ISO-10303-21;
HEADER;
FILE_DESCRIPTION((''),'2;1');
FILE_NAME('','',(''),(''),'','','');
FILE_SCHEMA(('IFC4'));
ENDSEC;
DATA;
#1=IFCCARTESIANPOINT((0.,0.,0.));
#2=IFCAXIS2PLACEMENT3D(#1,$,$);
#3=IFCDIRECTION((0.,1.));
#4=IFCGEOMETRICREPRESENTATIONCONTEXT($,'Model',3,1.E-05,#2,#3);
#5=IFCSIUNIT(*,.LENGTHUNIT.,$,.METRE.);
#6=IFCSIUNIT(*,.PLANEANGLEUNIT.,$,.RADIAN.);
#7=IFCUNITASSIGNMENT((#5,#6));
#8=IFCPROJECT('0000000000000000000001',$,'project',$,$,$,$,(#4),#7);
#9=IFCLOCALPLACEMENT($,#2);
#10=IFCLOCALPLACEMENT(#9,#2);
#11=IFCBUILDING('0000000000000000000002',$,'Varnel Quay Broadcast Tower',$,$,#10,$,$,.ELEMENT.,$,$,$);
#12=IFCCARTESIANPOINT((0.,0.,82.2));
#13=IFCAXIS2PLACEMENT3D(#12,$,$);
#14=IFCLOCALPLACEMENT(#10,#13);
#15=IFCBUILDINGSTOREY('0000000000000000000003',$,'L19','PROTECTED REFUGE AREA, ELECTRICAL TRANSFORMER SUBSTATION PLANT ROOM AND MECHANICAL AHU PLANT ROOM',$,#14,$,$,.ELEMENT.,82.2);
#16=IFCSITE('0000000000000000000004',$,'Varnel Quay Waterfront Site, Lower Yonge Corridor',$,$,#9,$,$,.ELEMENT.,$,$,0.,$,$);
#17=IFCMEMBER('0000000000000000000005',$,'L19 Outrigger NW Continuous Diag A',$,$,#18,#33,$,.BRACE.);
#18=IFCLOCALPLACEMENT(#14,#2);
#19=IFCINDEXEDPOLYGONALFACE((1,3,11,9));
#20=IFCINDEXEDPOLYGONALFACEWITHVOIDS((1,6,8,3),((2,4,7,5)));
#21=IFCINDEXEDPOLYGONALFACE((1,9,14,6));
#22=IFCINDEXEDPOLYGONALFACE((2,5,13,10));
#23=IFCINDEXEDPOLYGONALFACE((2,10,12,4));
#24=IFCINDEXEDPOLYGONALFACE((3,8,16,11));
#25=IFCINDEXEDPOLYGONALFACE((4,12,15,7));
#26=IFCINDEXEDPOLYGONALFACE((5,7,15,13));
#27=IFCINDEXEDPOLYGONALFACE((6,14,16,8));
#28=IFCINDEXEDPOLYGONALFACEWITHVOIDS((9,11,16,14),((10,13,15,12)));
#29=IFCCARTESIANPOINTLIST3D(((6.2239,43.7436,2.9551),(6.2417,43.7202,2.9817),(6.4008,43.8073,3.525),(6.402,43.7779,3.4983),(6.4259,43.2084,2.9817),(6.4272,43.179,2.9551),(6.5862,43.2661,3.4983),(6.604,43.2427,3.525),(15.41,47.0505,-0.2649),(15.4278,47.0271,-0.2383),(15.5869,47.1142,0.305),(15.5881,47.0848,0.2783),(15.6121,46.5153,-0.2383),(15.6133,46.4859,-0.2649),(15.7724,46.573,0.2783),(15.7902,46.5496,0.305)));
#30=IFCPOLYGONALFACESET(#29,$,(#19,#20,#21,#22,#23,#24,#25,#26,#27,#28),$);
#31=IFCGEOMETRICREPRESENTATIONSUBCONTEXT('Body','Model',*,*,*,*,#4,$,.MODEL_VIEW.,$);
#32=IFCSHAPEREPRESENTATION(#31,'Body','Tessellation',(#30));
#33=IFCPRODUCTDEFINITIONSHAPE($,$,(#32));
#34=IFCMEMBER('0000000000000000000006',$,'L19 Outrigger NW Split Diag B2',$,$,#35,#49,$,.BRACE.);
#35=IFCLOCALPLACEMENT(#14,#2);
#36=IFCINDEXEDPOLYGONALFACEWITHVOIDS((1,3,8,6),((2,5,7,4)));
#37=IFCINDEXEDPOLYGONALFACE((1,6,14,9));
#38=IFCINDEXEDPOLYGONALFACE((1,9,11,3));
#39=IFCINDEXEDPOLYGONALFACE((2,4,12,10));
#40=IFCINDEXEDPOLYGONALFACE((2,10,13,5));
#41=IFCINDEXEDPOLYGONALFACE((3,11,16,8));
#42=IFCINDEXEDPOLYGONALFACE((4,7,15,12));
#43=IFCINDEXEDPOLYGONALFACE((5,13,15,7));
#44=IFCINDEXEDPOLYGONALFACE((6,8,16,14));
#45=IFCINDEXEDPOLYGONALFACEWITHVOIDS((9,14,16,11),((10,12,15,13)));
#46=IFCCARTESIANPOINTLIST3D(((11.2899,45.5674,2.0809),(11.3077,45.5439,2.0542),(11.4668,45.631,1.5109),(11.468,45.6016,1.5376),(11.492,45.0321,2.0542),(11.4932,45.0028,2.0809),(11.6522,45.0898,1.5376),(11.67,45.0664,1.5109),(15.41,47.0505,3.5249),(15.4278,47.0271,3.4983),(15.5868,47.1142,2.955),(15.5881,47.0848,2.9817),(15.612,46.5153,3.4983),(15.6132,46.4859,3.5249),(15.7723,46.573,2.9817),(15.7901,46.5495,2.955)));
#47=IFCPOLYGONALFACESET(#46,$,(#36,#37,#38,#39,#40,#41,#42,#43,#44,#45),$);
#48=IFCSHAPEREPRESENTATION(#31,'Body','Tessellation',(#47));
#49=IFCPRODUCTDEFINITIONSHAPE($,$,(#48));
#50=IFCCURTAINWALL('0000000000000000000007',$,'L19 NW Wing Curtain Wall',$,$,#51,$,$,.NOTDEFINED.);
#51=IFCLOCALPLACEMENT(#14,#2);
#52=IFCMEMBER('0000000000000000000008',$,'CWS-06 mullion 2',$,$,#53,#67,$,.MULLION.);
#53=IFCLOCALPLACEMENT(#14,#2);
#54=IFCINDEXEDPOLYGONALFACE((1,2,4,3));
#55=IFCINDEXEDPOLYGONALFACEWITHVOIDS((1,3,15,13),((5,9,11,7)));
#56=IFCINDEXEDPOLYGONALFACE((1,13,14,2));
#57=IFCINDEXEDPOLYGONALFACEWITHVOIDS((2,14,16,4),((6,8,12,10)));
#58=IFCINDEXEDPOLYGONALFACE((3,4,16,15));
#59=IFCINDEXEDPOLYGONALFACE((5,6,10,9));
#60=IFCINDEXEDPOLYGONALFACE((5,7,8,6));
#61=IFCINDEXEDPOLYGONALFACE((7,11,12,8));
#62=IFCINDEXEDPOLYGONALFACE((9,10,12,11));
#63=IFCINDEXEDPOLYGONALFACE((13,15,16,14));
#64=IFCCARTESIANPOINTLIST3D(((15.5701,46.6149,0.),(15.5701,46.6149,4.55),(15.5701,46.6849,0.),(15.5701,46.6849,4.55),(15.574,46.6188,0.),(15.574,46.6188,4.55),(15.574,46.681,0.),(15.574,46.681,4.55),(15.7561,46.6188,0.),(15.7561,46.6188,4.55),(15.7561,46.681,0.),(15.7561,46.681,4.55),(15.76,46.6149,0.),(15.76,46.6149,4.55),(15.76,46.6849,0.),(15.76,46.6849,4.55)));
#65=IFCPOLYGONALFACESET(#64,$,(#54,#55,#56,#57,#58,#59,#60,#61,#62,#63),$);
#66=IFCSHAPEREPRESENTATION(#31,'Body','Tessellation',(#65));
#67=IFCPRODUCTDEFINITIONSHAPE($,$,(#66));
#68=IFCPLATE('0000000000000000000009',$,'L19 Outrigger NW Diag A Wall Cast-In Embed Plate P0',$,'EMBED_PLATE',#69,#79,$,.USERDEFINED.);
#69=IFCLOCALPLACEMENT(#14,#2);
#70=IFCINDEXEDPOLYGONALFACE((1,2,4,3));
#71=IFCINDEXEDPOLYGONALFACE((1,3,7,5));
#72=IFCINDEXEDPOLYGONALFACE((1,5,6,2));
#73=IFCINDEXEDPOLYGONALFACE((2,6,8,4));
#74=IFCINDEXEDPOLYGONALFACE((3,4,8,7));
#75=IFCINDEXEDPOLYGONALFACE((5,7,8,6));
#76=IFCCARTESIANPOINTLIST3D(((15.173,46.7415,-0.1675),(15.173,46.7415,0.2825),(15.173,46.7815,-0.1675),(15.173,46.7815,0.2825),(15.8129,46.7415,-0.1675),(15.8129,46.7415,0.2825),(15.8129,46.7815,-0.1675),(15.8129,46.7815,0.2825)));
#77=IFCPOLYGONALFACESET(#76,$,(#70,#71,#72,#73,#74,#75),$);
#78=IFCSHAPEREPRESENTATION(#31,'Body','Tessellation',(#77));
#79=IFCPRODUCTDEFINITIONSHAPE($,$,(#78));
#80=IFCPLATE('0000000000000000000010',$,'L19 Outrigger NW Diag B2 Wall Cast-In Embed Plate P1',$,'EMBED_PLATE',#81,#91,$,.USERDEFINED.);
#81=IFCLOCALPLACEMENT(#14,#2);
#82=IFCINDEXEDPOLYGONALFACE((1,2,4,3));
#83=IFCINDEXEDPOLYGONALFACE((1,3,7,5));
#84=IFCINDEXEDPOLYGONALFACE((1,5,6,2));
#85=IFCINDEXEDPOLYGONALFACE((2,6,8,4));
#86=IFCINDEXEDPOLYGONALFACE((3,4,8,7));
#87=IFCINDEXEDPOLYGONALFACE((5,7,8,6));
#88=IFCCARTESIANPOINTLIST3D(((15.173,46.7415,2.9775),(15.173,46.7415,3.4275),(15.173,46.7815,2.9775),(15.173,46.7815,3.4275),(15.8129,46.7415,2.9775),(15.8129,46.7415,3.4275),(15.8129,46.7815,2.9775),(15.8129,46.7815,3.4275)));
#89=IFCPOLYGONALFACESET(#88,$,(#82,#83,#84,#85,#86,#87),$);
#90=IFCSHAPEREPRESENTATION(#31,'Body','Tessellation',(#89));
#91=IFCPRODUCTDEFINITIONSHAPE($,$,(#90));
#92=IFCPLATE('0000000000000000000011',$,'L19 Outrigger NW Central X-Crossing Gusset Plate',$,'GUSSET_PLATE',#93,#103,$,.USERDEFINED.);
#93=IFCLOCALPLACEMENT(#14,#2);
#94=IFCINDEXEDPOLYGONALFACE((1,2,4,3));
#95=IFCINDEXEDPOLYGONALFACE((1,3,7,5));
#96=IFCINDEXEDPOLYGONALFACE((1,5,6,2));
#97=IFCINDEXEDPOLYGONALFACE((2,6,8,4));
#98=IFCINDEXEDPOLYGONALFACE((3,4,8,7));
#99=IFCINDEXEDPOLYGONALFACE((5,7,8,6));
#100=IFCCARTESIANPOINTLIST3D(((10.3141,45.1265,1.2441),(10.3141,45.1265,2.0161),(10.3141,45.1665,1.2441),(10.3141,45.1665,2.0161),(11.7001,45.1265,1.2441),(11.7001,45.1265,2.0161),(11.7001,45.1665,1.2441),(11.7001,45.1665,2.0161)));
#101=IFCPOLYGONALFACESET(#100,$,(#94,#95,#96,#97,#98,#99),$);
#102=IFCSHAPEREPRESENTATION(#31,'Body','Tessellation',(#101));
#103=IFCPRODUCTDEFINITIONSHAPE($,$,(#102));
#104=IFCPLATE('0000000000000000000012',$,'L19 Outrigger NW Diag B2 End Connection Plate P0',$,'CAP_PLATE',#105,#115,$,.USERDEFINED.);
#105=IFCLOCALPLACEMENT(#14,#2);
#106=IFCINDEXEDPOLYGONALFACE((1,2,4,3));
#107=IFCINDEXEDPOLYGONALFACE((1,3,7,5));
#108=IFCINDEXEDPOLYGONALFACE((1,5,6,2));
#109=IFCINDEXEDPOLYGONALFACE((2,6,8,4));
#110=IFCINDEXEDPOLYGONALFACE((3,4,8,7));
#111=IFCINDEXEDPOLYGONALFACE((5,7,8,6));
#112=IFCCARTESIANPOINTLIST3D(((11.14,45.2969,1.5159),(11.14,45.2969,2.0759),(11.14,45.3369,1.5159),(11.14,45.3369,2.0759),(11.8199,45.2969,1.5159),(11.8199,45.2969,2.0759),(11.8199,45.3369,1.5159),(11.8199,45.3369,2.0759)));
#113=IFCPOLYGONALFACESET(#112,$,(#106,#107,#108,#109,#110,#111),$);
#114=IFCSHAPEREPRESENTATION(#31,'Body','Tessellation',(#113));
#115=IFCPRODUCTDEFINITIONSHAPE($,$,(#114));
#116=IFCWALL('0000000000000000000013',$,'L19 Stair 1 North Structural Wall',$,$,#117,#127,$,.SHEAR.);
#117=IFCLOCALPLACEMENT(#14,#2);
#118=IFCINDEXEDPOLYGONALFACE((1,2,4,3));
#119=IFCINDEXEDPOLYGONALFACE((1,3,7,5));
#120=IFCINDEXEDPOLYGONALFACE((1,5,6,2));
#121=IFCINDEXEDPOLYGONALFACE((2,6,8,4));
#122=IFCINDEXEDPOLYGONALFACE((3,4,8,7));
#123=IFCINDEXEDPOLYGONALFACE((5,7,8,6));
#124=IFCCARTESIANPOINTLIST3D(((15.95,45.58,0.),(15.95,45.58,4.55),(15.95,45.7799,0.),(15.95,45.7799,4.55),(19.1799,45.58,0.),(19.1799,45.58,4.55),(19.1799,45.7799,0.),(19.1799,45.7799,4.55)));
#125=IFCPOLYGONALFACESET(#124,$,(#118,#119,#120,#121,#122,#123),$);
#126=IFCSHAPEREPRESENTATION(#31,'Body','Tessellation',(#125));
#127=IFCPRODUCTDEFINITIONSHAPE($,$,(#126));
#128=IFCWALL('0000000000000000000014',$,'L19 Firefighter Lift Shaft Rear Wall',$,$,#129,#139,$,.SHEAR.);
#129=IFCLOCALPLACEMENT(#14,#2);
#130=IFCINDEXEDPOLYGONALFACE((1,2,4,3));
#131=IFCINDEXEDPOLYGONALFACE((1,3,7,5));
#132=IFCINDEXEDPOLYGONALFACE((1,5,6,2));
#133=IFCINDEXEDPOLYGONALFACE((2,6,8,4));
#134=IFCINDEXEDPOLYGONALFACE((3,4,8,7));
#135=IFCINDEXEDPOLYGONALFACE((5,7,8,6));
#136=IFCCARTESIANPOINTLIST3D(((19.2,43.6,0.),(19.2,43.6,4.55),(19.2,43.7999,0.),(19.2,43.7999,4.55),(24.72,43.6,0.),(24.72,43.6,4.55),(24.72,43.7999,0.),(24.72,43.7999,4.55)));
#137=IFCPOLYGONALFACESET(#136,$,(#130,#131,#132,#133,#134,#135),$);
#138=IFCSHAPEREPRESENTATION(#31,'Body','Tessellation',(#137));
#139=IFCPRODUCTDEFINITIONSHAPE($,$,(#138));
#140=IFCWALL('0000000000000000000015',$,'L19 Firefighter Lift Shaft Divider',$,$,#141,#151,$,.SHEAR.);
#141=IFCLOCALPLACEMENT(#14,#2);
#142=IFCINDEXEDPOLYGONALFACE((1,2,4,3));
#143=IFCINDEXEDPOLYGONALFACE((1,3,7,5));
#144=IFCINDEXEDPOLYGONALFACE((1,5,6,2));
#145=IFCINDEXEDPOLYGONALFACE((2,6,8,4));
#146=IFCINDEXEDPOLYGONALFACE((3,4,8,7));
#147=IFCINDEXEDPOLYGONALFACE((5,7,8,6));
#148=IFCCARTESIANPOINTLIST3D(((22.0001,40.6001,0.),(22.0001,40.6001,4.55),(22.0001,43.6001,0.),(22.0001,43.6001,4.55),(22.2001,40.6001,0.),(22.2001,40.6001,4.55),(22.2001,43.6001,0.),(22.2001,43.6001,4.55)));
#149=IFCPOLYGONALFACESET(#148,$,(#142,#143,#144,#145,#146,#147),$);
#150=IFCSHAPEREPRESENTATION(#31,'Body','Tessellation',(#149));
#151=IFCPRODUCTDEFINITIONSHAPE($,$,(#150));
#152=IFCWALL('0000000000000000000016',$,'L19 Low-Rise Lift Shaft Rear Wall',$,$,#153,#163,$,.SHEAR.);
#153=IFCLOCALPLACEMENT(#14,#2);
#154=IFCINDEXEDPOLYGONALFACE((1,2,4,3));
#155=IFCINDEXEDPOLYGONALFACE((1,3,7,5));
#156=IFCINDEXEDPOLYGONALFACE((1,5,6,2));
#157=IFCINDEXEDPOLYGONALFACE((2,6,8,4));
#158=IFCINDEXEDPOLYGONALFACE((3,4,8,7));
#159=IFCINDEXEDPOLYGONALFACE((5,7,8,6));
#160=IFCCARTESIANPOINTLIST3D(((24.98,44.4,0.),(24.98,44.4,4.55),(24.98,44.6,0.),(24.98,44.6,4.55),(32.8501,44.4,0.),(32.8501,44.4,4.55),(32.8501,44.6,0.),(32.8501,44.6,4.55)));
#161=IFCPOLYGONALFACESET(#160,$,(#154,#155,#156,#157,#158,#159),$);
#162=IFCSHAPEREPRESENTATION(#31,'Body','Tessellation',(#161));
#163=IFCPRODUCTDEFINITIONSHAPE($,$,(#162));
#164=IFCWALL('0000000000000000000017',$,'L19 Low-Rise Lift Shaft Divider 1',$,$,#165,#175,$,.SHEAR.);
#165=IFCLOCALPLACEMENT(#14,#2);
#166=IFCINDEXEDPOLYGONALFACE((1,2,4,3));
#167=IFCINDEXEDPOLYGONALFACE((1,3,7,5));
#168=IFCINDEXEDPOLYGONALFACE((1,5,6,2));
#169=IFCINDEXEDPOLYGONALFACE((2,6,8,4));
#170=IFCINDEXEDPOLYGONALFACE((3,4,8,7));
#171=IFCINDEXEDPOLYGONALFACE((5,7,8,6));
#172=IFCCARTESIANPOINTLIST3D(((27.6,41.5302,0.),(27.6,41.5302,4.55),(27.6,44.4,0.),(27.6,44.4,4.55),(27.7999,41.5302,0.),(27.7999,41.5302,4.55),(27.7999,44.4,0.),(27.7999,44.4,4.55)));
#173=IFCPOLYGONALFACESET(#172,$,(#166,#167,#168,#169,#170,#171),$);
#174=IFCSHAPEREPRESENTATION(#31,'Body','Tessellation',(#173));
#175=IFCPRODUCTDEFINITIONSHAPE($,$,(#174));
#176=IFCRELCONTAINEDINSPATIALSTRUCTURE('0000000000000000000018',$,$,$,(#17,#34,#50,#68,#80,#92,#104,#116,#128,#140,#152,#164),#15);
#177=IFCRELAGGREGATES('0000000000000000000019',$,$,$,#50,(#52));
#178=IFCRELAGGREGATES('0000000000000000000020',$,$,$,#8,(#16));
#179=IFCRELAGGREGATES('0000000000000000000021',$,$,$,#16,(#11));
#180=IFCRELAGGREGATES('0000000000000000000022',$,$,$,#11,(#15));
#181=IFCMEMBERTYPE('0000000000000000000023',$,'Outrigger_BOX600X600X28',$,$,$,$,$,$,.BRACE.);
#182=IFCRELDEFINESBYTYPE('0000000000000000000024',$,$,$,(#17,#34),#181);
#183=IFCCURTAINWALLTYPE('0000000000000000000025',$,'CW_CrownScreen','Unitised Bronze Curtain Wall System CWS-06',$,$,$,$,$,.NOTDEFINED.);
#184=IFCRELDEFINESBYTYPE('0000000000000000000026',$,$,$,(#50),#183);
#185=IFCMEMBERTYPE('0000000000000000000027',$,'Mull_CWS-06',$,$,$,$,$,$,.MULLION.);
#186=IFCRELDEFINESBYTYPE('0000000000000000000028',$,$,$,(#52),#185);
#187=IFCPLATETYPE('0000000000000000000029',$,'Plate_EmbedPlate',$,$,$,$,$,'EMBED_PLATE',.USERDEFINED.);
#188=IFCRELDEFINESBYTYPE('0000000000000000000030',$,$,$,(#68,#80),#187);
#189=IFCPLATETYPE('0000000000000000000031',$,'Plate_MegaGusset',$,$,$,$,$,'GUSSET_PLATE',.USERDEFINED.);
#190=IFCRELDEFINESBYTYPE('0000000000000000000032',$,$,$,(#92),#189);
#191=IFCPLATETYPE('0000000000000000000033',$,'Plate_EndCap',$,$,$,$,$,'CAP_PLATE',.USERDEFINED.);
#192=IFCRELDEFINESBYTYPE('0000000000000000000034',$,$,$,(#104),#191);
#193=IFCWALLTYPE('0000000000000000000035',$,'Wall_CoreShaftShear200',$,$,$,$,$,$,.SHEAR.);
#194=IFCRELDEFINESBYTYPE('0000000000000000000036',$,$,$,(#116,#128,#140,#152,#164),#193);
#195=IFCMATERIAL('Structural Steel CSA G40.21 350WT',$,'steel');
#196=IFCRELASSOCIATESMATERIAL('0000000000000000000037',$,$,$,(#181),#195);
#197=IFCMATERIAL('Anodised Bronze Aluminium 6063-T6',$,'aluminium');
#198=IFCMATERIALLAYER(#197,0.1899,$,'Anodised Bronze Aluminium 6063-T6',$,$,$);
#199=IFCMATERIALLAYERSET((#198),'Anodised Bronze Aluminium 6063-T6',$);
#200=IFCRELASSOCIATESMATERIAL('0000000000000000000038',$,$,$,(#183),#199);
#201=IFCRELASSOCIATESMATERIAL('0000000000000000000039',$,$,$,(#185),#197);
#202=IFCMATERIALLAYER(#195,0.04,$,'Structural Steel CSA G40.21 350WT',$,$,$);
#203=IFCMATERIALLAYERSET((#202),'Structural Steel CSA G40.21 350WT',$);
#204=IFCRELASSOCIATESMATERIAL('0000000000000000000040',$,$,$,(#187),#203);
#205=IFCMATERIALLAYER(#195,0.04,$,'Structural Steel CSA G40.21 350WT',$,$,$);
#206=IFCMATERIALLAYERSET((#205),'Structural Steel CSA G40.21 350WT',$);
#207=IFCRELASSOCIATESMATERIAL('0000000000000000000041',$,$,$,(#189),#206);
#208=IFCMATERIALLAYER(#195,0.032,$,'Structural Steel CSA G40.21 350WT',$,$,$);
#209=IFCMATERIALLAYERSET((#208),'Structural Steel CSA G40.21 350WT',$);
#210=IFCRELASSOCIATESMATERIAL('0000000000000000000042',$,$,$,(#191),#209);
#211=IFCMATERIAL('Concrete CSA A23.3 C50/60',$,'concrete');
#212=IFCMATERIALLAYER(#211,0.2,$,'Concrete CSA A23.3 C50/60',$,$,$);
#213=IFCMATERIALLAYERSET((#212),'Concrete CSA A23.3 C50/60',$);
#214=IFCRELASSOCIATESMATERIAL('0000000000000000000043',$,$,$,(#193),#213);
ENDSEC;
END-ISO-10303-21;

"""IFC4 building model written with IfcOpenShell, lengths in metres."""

from ifc_helpers import new_model, si_unit, direction, frame, frame_2d, origin, origin_2d, place, context, subcontext, project, spatial, rectangle, hollow_rectangle, extrude, source, transform, mapped, material, layer, layer_set, material_profile, profile_set, type_object, type_shapes, element, aggregate, save


model = new_model("IFC4")

# Units and contexts
model_context = context("Model", 3, precision=1e-05, world=origin(), true_north=direction((0.0, 1.0)))
body_context = subcontext(model_context, "Body", "Model", "MODEL_VIEW")
ifc_project = project(units=[si_unit("LENGTHUNIT", "METRE"), si_unit("PLANEANGLEUNIT", "RADIAN")], contexts=[model_context])

# Site, building, storey
site_placement = place(None, origin())
site = spatial("IfcSite", under=ifc_project, at=site_placement, Name="Varnel Quay Waterfront Site, Lower Yonge Corridor", CompositionType="ELEMENT", RefElevation=0.0)
building_placement = place(site_placement, origin())
building = spatial("IfcBuilding", under=site, at=building_placement, Name="Varnel Quay Broadcast Tower", CompositionType="ELEMENT")
storey_placement = place(building_placement, frame((0.0, 0.0, 82.2)))
storey = spatial("IfcBuildingStorey", under=building, at=storey_placement, Name="L19", Description="PROTECTED REFUGE AREA, ELECTRICAL TRANSFORMER SUBSTATION PLANT ROOM AND MECHANICAL AHU PLANT ROOM", CompositionType="ELEMENT", Elevation=82.2)

# Shared definitions
ifc_material_1 = material(Name="Structural Steel CSA G40.21 350WT", Category="steel")

# Members
ifc_material_profile_1 = material_profile(ifc_material_1, hollow_rectangle(XDim=0.6001, YDim=0.6001, WallThickness=0.0281, at=origin_2d()), Name="BOX600X600X28")
ifc_profile_set_1 = profile_set([ifc_material_profile_1], Name="Structural Steel CSA G40.21 350WT")
member_type_1 = type_object("IfcMemberType", Name="Outrigger_BOX600X600X28", PredefinedType="BRACE", material=ifc_profile_set_1)
shared_shape_1 = source(origin(), body_context, "Body", "SweptSolid", [
    extrude(hollow_rectangle(XDim=0.6001, YDim=0.6001, WallThickness=0.0281, at=origin_2d()), origin(), (0.0, 0.0, 1.0), 10.2805),
])
member_1_placement = place(storey_placement, frame((15.6001, 46.8, 0.02), z_axis=(-0.893547, -0.321668, 0.313214), x_axis=(0.338711, -0.94089, 0.0)))
element("IfcMember", 1, at=member_1_placement, inside=storey, type_object=member_type_1, Name="L19 Outrigger NW Continuous Diag A", PredefinedType="BRACE", context=body_context, shape_type="MappedRepresentation", body=[
    mapped(shared_shape_1, transform((0.0, 0.0, 0.0), x_axis=(1.0, 0.0, 0.0), y_axis=(0.0, 1.0, 0.0), z_axis=(0.0, 0.0, 1.0), scale=1.0)),
])
shared_shape_2 = source(origin(), body_context, "Body", "SweptSolid", [
    extrude(hollow_rectangle(XDim=0.6001, YDim=0.6001, WallThickness=0.0281, at=origin_2d()), origin(), (0.0, 0.0, 1.0), 4.6108),
])
type_shapes(member_type_1, [shared_shape_1, shared_shape_2])
member_2_placement = place(storey_placement, frame((11.48, 45.3169, 1.7959), z_axis=(0.893558, 0.321662, 0.31319), x_axis=(-0.338702, 0.940894, 0.0)))
element("IfcMember", 2, at=member_2_placement, inside=storey, type_object=member_type_1, Name="L19 Outrigger NW Split Diag B2", PredefinedType="BRACE", context=body_context, shape_type="MappedRepresentation", body=[
    mapped(shared_shape_2, transform((0.0, 0.0, 0.0), x_axis=(1.0, 0.0, 0.0), y_axis=(0.0, 1.0, 0.0), z_axis=(0.0, 0.0, 1.0), scale=1.0)),
])

# Curtain wall, member
ifc_material_2 = material(Name="Anodised Bronze Aluminium 6063-T6", Category="aluminium")
ifc_layer_1 = layer(ifc_material_2, 0.1899, Name="Anodised Bronze Aluminium 6063-T6")
ifc_layer_set_1 = layer_set([ifc_layer_1], Name="Anodised Bronze Aluminium 6063-T6")
curtain_wall_type = type_object("IfcCurtainWallType", Name="CW_CrownScreen", Description="Unitised Bronze Curtain Wall System CWS-06", PredefinedType="NOTDEFINED", material=ifc_layer_set_1)
curtain_wall_placement = place(storey_placement, origin())
curtain_wall = element("IfcCurtainWall", 3, at=curtain_wall_placement, inside=storey, type_object=curtain_wall_type, Name="L19 NW Wing Curtain Wall", PredefinedType="NOTDEFINED")
ifc_material_profile_2 = material_profile(ifc_material_2, hollow_rectangle(XDim=0.0701, YDim=0.1899, WallThickness=0.0039, at=origin_2d()), Name="ALU70X190X4")
ifc_profile_set_2 = profile_set([ifc_material_profile_2], Name="Anodised Bronze Aluminium 6063-T6")
member_type_2 = type_object("IfcMemberType", Name="Mull_CWS-06", PredefinedType="MULLION", material=ifc_profile_set_2)
shared_shape_3 = source(origin(), body_context, "Body", "SweptSolid", [
    extrude(hollow_rectangle(XDim=0.0701, YDim=0.1899, WallThickness=0.0039, at=origin_2d()), origin(), (0.0, 0.0, 1.0), 4.55),
])
type_shapes(member_type_2, [shared_shape_3])
member_3_placement = place(storey_placement, frame((15.665, 46.6499, 0.0), z_axis=(0.0, 0.0, 1.0), x_axis=(0.0, 1.0, 0.0)))
member_3 = element("IfcMember", 4, at=member_3_placement, type_object=member_type_2, Name="CWS-06 mullion 2", PredefinedType="MULLION", context=body_context, shape_type="MappedRepresentation", body=[
    mapped(shared_shape_3, transform((0.0, 0.0, 0.0), x_axis=(1.0, 0.0, 0.0), y_axis=(0.0, 1.0, 0.0), z_axis=(0.0, 0.0, 1.0), scale=1.0)),
])
aggregate(curtain_wall, [member_3])

# Plates
ifc_layer_2 = layer(ifc_material_1, 0.04, Name="Structural Steel CSA G40.21 350WT")
ifc_layer_set_2 = layer_set([ifc_layer_2], Name="Structural Steel CSA G40.21 350WT")
plate_type_1 = type_object("IfcPlateType", Name="Plate_EmbedPlate", ElementType="EMBED_PLATE", PredefinedType="USERDEFINED", material=ifc_layer_set_2)
shared_shape_4 = source(origin(), body_context, "Body", "SweptSolid", [
    extrude(rectangle(XDim=0.6399, YDim=0.04, at=origin_2d()), origin(), (0.0, 0.0, 1.0), 0.45),
])
type_shapes(plate_type_1, [shared_shape_4])
for number, where, z_axis, x_axis, name in (
    (5, (15.4929, 46.7615, -0.1675), (0.0, 0.0, 1.0), (1.0, 0.0, 0.0), "L19 Outrigger NW Diag A Wall Cast-In Embed Plate P0"),
    (6, (15.4929, 46.7615, 2.9775), (0.0, 0.0, 1.0), (1.0, 0.0, 0.0), "L19 Outrigger NW Diag B2 Wall Cast-In Embed Plate P1"),
):
    element("IfcPlate", number, at=place(storey_placement, frame(where, z_axis=z_axis, x_axis=x_axis)), inside=storey, type_object=plate_type_1, Name=name, ObjectType="EMBED_PLATE", PredefinedType="USERDEFINED", context=body_context, shape_type="MappedRepresentation", body=[
        mapped(shared_shape_4, transform((0.0, 0.0, 0.0), x_axis=(1.0, 0.0, 0.0), y_axis=(0.0, 1.0, 0.0), z_axis=(0.0, 0.0, 1.0), scale=1.0)),
    ])
ifc_layer_3 = layer(ifc_material_1, 0.04, Name="Structural Steel CSA G40.21 350WT")
ifc_layer_set_3 = layer_set([ifc_layer_3], Name="Structural Steel CSA G40.21 350WT")
plate_type_2 = type_object("IfcPlateType", Name="Plate_MegaGusset", ElementType="GUSSET_PLATE", PredefinedType="USERDEFINED", material=ifc_layer_set_3)
shared_shape_5 = source(origin(), body_context, "Body", "SweptSolid", [
    extrude(rectangle(XDim=1.386, YDim=0.04, at=origin_2d()), origin(), (0.0, 0.0, 1.0), 0.772),
])
type_shapes(plate_type_2, [shared_shape_5])
plate_1_placement = place(storey_placement, frame((11.0071, 45.1465, 1.2441), z_axis=(0.0, 0.0, 1.0), x_axis=(1.0, 0.0, 0.0)))
element("IfcPlate", 7, at=plate_1_placement, inside=storey, type_object=plate_type_2, Name="L19 Outrigger NW Central X-Crossing Gusset Plate", ObjectType="GUSSET_PLATE", PredefinedType="USERDEFINED", context=body_context, shape_type="MappedRepresentation", body=[
    mapped(shared_shape_5, transform((0.0, 0.0, 0.0), x_axis=(1.0, 0.0, 0.0), y_axis=(0.0, 1.0, 0.0), z_axis=(0.0, 0.0, 1.0), scale=1.0)),
])
ifc_layer_4 = layer(ifc_material_1, 0.032, Name="Structural Steel CSA G40.21 350WT")
ifc_layer_set_4 = layer_set([ifc_layer_4], Name="Structural Steel CSA G40.21 350WT")
plate_type_3 = type_object("IfcPlateType", Name="Plate_EndCap", ElementType="CAP_PLATE", PredefinedType="USERDEFINED", material=ifc_layer_set_4)
shared_shape_6 = source(origin(), body_context, "Body", "SweptSolid", [
    extrude(rectangle(XDim=0.6799, YDim=0.04, at=origin_2d()), origin(), (0.0, 0.0, 1.0), 0.5601),
])
type_shapes(plate_type_3, [shared_shape_6])
plate_2_placement = place(storey_placement, frame((11.48, 45.3169, 1.5159), z_axis=(0.0, 0.0, 1.0), x_axis=(1.0, 0.0, 0.0)))
element("IfcPlate", 8, at=plate_2_placement, inside=storey, type_object=plate_type_3, Name="L19 Outrigger NW Diag B2 End Connection Plate P0", ObjectType="CAP_PLATE", PredefinedType="USERDEFINED", context=body_context, shape_type="MappedRepresentation", body=[
    mapped(shared_shape_6, transform((0.0, 0.0, 0.0), x_axis=(1.0, 0.0, 0.0), y_axis=(0.0, 1.0, 0.0), z_axis=(0.0, 0.0, 1.0), scale=1.0)),
])

# Walls
ifc_material_3 = material(Name="Concrete CSA A23.3 C50/60", Category="concrete")
ifc_layer_5 = layer(ifc_material_3, 0.2, Name="Concrete CSA A23.3 C50/60")
ifc_layer_set_5 = layer_set([ifc_layer_5], Name="Concrete CSA A23.3 C50/60")
wall_type_1 = type_object("IfcWallType", Name="Wall_CoreShaftShear200", PredefinedType="SHEAR", material=ifc_layer_set_5)
wall_1_placement = place(storey_placement, frame((15.95, 45.6799, 0.0), z_axis=(0.0, 0.0, 1.0), x_axis=(1.0, 0.0, 0.0)))
element("IfcWall", 9, at=wall_1_placement, inside=storey, type_object=wall_type_1, Name="L19 Stair 1 North Structural Wall", PredefinedType="SHEAR", context=body_context, shape_type="SweptSolid", body=[
    extrude(rectangle(XDim=3.23, YDim=0.2, at=frame_2d((1.615, 0.0))), origin(), (0.0, 0.0, 1.0), 4.55),
])
wall_2_placement = place(storey_placement, frame((19.2, 43.7, 0.0), z_axis=(0.0, 0.0, 1.0), x_axis=(1.0, 0.0, 0.0)))
element("IfcWall", 10, at=wall_2_placement, inside=storey, type_object=wall_type_1, Name="L19 Firefighter Lift Shaft Rear Wall", PredefinedType="SHEAR", context=body_context, shape_type="SweptSolid", body=[
    extrude(rectangle(XDim=5.52, YDim=0.2, at=frame_2d((2.76, 0.0))), origin(), (0.0, 0.0, 1.0), 4.55),
])
wall_3_placement = place(storey_placement, frame((22.1001, 40.6001, 0.0), z_axis=(0.0, 0.0, 1.0), x_axis=(0.0, 1.0, 0.0)))
element("IfcWall", 11, at=wall_3_placement, inside=storey, type_object=wall_type_1, Name="L19 Firefighter Lift Shaft Divider", PredefinedType="SHEAR", context=body_context, shape_type="SweptSolid", body=[
    extrude(rectangle(XDim=3.0, YDim=0.2, at=frame_2d((1.5, 0.0))), origin(), (0.0, 0.0, 1.0), 4.55),
])
wall_4_placement = place(storey_placement, frame((24.98, 44.5, 0.0), z_axis=(0.0, 0.0, 1.0), x_axis=(1.0, 0.0, 0.0)))
element("IfcWall", 12, at=wall_4_placement, inside=storey, type_object=wall_type_1, Name="L19 Low-Rise Lift Shaft Rear Wall", PredefinedType="SHEAR", context=body_context, shape_type="SweptSolid", body=[
    extrude(rectangle(XDim=7.8701, YDim=0.2, at=frame_2d((3.9351, 0.0))), origin(), (0.0, 0.0, 1.0), 4.55),
])
wall_5_placement = place(storey_placement, frame((27.7, 41.53, 0.0), z_axis=(0.0, 0.0, 1.0), x_axis=(0.0, 1.0, 0.0)))
element("IfcWall", 13, at=wall_5_placement, inside=storey, type_object=wall_type_1, Name="L19 Low-Rise Lift Shaft Divider 1", PredefinedType="SHEAR", context=body_context, shape_type="SweptSolid", body=[
    extrude(rectangle(XDim=2.8699, YDim=0.2, at=frame_2d((1.4351, 0.0))), origin(), (0.0, 0.0, 1.0), 4.55),
])

save(model, "model.ifc")
